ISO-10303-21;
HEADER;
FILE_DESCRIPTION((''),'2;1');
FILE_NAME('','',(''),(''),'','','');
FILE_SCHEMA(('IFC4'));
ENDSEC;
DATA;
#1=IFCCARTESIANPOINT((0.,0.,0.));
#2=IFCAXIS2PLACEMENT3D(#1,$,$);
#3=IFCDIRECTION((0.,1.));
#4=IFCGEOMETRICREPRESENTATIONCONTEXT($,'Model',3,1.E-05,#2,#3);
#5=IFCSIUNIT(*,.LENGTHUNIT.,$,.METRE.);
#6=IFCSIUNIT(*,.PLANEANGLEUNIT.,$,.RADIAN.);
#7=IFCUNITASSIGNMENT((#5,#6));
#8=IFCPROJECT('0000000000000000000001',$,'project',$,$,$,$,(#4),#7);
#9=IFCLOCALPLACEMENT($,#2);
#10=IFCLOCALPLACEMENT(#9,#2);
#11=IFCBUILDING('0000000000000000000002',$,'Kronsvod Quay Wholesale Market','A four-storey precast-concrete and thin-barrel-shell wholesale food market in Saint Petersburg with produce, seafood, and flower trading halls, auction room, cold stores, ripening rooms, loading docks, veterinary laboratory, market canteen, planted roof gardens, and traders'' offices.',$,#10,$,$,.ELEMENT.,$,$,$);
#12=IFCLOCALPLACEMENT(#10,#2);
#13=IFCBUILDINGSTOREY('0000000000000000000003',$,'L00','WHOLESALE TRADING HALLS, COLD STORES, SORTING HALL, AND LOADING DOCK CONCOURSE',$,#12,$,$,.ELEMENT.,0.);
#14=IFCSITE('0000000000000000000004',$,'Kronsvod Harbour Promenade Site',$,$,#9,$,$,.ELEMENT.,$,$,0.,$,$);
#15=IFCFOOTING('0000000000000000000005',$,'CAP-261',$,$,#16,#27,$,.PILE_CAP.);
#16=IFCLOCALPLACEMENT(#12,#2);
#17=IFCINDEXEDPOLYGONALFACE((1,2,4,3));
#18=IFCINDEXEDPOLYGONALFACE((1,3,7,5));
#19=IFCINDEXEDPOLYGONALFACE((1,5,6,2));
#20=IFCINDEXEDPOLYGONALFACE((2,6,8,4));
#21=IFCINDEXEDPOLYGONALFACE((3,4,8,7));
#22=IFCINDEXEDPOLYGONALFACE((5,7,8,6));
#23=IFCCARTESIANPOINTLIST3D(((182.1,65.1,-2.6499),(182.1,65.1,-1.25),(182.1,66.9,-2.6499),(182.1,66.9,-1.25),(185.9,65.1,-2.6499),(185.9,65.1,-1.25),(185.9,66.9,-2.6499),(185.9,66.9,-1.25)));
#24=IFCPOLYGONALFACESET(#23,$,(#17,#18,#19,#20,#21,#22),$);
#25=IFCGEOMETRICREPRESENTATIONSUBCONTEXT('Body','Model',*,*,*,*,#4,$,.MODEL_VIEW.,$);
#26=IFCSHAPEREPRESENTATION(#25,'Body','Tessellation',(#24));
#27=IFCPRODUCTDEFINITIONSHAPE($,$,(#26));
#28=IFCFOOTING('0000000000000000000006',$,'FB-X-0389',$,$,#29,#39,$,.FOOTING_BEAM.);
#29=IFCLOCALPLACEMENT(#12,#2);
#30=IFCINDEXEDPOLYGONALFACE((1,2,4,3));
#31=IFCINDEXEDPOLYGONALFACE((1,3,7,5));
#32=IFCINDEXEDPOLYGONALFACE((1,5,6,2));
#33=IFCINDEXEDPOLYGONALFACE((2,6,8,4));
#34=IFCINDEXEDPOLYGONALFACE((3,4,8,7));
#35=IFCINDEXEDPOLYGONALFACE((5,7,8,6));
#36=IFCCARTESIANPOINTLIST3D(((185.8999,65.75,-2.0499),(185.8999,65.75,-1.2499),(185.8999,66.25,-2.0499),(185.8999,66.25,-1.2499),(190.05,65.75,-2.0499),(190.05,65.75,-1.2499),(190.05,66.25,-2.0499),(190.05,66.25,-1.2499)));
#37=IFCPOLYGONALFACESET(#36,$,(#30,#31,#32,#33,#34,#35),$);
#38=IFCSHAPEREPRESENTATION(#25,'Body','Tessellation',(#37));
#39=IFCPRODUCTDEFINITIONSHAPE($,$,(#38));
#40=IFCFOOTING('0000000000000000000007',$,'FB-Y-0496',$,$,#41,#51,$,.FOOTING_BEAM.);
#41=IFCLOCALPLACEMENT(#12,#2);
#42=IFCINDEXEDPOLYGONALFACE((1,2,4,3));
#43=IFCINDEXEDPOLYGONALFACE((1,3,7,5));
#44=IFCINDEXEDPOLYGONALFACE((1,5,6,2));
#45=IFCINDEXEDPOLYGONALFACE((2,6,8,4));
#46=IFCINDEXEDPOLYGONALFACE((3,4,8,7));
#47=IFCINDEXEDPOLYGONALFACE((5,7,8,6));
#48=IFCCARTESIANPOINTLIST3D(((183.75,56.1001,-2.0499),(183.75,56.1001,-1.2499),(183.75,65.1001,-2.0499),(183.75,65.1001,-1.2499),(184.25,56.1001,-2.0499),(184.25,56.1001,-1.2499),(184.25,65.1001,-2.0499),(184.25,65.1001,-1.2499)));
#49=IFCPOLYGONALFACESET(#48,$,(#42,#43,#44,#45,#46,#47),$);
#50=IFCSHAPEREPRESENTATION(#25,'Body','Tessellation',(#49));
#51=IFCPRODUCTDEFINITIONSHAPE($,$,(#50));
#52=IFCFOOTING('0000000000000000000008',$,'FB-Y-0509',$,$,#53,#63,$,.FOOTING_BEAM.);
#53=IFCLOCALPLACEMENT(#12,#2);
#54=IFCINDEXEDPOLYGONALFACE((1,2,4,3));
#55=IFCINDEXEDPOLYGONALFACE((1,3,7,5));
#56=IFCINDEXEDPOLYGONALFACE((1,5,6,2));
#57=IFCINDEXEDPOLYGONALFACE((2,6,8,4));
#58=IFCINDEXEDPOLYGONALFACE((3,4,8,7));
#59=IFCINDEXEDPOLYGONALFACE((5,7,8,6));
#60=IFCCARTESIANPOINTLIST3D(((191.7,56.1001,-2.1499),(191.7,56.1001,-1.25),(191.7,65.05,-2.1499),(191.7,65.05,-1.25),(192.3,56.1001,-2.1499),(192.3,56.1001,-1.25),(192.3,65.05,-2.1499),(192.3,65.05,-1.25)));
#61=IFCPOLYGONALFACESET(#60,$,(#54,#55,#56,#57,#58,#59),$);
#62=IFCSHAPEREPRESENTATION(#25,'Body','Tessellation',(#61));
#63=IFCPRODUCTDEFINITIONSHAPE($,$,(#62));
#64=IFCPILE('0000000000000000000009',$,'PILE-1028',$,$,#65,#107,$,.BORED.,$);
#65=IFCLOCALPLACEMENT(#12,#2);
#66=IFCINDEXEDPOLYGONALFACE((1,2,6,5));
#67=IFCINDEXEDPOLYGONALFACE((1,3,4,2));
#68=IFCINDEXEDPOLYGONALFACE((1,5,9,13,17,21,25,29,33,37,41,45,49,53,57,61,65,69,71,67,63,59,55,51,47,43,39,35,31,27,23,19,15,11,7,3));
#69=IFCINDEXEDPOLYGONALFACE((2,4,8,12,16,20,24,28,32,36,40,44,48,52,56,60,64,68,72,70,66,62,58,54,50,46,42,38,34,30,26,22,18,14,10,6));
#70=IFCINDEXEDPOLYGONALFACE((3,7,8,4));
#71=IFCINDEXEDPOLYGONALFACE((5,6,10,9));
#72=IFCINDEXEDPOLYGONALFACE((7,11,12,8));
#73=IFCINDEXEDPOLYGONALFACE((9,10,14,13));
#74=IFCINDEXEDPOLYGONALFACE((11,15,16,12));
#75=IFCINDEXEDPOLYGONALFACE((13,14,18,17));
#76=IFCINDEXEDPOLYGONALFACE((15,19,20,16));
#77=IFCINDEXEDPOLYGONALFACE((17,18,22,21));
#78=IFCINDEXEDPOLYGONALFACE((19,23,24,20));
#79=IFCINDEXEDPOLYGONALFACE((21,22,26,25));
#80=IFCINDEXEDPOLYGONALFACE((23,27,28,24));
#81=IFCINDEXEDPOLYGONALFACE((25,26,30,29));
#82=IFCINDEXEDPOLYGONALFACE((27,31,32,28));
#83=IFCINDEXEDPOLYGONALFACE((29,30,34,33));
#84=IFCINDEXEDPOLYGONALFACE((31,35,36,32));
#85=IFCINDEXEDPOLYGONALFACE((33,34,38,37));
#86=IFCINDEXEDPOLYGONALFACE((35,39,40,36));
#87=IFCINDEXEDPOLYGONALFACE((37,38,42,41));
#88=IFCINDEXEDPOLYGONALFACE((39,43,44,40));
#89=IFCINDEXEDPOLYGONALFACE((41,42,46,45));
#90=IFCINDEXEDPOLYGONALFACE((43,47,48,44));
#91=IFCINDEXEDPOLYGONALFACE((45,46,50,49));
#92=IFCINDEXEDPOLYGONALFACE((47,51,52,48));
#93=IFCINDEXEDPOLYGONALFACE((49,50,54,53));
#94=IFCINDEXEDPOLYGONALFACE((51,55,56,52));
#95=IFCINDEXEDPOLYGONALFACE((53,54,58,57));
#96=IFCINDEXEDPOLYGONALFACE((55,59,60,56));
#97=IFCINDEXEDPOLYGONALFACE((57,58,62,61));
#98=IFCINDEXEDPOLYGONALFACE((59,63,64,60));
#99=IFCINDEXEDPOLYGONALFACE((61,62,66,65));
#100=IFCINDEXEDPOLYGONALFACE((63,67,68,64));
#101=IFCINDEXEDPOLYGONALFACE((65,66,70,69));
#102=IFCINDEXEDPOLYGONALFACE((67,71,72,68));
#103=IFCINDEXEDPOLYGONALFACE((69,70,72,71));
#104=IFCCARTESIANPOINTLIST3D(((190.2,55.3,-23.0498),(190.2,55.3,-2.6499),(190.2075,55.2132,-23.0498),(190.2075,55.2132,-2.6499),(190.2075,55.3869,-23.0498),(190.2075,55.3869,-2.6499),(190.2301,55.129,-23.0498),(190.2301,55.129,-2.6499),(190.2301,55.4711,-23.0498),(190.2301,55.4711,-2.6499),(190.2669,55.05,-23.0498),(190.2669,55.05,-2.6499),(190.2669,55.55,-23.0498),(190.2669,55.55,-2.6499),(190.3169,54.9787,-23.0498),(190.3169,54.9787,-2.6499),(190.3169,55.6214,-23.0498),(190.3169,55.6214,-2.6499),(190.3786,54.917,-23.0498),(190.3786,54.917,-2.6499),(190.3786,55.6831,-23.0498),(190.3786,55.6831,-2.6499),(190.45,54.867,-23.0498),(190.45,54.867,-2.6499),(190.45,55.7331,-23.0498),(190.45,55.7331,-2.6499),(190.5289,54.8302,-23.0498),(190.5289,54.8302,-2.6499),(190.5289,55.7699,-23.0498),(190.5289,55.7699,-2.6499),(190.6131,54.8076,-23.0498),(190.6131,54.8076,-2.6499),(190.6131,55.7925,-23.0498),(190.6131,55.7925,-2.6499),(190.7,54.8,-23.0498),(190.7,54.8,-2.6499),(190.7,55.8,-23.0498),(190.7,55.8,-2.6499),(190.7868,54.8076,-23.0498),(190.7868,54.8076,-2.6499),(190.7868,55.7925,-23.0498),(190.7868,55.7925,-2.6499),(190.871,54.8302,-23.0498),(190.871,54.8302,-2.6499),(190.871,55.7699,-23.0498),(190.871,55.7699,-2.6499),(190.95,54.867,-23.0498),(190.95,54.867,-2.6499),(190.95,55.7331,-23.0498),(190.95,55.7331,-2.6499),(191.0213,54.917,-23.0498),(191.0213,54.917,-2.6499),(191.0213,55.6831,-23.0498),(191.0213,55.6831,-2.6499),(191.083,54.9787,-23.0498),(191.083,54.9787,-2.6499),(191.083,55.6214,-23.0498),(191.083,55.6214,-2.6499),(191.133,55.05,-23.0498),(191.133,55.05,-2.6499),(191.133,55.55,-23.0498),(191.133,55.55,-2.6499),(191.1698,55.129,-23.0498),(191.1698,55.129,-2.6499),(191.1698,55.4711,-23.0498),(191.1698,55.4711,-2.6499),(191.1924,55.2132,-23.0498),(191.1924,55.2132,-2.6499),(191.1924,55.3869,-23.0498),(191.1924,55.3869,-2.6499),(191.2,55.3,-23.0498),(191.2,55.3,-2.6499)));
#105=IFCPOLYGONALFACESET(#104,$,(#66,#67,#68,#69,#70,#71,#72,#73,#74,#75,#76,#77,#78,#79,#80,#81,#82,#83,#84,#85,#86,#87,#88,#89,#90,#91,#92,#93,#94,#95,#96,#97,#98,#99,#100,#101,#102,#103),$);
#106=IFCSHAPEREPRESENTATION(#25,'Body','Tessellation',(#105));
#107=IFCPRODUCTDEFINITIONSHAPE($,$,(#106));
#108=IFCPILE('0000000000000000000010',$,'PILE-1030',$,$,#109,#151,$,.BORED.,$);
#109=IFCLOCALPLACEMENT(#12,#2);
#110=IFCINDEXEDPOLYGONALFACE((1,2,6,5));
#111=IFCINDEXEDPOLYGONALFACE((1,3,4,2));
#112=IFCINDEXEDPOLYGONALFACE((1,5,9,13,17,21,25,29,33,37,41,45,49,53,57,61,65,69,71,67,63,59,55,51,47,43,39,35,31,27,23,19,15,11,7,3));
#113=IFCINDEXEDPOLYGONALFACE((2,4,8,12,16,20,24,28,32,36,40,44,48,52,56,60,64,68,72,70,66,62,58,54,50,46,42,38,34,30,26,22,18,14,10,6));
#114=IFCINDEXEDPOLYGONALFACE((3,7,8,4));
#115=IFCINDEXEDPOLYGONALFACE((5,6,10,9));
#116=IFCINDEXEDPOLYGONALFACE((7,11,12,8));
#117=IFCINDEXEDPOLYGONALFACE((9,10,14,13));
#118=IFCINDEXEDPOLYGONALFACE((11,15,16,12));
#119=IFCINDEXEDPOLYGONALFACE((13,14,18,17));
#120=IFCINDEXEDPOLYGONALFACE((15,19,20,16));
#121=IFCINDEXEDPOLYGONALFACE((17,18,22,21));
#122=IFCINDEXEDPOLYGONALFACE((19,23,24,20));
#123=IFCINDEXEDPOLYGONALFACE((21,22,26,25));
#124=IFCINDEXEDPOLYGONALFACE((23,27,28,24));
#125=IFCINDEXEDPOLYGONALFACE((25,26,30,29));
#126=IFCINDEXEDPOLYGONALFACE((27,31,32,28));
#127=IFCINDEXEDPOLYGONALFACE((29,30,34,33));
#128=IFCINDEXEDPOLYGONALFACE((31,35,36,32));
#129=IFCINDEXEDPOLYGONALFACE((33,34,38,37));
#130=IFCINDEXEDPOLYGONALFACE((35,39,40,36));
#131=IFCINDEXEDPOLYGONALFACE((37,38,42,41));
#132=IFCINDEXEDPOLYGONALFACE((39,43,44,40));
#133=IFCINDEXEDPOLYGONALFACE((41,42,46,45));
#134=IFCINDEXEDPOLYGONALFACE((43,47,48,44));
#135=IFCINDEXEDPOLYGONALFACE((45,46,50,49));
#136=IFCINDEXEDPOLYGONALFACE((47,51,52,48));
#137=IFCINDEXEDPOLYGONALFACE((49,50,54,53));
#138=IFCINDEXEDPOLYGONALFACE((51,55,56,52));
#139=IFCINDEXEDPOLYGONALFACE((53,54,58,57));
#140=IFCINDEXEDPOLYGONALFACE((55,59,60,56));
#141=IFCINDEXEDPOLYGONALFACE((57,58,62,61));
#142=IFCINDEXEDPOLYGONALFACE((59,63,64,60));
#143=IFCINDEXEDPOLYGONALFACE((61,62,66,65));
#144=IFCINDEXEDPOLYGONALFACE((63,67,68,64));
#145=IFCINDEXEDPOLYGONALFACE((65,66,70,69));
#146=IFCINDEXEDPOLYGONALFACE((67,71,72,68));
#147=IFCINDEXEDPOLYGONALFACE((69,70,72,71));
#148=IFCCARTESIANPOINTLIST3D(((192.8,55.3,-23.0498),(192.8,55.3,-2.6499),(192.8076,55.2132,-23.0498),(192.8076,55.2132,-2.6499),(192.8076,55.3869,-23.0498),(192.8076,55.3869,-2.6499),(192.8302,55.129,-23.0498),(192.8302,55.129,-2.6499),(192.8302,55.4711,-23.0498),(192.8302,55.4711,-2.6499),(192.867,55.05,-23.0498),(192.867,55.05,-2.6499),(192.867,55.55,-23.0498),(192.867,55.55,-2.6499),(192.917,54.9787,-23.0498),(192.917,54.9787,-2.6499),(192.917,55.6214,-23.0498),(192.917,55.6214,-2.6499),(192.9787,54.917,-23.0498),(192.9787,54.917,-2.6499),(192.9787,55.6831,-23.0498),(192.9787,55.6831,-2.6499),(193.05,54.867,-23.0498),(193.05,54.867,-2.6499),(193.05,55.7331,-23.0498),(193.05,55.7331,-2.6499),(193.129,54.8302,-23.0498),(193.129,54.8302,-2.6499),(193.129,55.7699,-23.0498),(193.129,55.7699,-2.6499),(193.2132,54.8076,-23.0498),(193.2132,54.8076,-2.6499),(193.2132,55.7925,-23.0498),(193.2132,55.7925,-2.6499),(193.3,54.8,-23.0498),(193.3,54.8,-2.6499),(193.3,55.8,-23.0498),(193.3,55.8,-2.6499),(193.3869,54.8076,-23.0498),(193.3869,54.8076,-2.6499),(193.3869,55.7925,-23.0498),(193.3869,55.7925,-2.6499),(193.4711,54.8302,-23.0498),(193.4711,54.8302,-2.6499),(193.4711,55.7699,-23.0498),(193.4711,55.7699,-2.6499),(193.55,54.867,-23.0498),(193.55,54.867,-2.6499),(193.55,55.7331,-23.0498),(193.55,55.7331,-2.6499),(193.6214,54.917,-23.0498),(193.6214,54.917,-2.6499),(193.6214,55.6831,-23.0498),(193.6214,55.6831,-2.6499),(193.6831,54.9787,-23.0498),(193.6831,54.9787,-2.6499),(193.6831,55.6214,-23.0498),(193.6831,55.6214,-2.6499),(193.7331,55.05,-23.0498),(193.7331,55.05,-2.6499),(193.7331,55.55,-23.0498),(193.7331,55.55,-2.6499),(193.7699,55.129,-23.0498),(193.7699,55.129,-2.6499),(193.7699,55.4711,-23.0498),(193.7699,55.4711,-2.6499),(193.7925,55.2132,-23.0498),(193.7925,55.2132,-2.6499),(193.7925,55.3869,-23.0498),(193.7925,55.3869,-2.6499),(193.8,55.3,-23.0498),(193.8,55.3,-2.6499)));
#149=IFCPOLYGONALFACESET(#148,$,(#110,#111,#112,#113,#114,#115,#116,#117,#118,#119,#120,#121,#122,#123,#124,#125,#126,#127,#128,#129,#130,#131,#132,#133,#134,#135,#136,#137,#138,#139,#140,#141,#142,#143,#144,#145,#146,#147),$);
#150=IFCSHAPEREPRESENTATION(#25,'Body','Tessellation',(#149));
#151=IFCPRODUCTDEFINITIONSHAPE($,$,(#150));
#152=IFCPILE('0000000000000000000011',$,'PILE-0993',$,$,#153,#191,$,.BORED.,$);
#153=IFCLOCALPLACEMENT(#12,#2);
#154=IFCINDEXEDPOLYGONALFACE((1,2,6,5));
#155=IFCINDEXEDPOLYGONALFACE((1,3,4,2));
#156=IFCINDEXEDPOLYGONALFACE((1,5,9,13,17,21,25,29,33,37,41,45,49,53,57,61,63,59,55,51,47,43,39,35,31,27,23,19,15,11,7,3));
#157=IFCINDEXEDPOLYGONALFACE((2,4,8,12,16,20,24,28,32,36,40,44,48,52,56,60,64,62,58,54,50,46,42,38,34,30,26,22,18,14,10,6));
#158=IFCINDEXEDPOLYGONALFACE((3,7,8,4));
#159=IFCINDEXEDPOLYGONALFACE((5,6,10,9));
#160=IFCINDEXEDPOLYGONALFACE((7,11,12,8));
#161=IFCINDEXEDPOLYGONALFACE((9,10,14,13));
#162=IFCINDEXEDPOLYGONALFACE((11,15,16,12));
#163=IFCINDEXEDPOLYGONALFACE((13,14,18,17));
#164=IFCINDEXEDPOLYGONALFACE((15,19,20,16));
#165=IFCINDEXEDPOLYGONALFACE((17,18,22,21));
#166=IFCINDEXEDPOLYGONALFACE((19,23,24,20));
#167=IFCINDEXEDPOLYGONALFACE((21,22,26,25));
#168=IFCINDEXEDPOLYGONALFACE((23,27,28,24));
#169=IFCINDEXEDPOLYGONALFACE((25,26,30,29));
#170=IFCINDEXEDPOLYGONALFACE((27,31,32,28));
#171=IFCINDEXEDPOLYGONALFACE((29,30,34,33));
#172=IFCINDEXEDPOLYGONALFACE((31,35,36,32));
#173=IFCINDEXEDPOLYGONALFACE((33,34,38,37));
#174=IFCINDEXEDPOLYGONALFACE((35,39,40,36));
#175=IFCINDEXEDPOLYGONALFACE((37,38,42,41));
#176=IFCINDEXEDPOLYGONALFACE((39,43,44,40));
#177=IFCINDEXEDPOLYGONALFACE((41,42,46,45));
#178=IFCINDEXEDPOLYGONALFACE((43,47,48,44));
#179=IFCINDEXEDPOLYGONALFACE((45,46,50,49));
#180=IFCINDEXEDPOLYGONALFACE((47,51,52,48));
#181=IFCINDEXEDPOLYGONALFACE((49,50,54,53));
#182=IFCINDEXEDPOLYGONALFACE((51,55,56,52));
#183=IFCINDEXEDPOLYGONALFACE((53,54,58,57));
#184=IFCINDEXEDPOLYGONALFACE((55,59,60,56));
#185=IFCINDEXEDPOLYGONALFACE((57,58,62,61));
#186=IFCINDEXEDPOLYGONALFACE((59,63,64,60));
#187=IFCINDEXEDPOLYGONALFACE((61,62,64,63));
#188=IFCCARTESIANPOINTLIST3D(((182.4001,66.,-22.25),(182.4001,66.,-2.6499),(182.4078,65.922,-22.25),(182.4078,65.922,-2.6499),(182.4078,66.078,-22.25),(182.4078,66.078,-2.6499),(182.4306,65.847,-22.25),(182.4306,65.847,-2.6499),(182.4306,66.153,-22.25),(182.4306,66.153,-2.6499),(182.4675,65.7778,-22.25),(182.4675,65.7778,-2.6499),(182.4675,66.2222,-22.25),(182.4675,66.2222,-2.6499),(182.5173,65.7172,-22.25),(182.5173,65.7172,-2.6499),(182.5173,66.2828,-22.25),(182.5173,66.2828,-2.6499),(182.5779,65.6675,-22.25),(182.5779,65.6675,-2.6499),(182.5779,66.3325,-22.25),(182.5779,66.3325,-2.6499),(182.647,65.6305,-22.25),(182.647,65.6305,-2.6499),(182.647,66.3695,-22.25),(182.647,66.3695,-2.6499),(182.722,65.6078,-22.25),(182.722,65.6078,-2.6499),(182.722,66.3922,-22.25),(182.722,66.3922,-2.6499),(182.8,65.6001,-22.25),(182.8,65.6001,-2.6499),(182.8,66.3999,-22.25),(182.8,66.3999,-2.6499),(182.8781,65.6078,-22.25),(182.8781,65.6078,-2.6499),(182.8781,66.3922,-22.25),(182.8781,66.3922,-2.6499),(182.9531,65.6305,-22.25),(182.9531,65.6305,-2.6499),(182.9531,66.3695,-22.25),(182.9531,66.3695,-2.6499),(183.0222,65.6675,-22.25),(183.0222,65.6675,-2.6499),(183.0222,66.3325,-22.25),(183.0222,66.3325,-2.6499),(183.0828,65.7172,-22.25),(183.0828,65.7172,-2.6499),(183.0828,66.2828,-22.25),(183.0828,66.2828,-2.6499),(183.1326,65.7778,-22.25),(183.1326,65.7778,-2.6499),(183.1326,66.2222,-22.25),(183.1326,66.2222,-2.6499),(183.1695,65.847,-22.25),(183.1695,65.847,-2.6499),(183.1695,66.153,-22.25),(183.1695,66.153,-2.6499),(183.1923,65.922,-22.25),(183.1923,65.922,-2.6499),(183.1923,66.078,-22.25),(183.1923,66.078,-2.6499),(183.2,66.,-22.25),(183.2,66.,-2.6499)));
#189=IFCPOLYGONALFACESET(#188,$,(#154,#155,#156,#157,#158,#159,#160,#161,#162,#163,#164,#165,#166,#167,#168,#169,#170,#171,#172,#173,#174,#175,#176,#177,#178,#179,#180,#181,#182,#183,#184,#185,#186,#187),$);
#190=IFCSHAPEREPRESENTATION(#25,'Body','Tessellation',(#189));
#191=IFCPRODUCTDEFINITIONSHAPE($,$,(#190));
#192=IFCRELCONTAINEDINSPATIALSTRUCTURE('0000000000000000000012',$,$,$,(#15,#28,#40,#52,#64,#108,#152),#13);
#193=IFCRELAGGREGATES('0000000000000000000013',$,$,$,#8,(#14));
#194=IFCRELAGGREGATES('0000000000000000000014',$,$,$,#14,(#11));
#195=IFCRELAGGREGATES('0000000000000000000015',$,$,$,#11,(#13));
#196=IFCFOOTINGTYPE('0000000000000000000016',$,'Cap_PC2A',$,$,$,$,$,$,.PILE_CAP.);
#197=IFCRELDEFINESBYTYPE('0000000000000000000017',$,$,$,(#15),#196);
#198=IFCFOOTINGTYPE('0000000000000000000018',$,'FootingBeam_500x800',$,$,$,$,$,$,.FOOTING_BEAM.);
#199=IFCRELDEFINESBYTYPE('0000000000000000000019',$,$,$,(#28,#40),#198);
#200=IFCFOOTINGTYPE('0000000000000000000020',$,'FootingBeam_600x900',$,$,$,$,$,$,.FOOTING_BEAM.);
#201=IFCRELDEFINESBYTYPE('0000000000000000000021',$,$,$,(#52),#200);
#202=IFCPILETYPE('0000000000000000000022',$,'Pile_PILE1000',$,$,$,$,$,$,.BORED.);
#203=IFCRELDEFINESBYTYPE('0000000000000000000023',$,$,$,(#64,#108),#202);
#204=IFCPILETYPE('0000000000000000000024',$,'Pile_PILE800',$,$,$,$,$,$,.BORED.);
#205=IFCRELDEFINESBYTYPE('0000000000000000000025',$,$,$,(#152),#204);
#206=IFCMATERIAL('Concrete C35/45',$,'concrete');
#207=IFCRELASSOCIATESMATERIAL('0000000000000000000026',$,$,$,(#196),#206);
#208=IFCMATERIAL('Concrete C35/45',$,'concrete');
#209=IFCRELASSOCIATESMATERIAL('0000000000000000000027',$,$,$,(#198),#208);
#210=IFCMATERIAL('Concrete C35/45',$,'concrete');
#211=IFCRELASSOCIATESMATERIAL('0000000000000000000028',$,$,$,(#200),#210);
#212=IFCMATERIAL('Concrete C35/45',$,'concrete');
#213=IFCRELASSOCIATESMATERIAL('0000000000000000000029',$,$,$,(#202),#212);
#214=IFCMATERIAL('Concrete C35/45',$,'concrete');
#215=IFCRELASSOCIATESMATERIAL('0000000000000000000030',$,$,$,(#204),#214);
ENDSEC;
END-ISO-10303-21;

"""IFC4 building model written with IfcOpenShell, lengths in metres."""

from ifc_helpers import new_model, si_unit, direction, frame, origin, origin_2d, place, context, subcontext, project, spatial, rectangle, circle, extrude, material, material_profile, profile_set, type_object, element, save


model = new_model("IFC4")

# Units and contexts
model_context = context("Model", 3, precision=1e-05, world=origin(), true_north=direction((0.0, 1.0)))
body_context = subcontext(model_context, "Body", "Model", "MODEL_VIEW")
ifc_project = project(units=[si_unit("LENGTHUNIT", "METRE"), si_unit("PLANEANGLEUNIT", "RADIAN")], contexts=[model_context])

# Site, building, storey
site_placement = place(None, origin())
site = spatial("IfcSite", under=ifc_project, at=site_placement, Name="Kronsvod Harbour Promenade Site", CompositionType="ELEMENT", RefElevation=0.0)
building_placement = place(site_placement, origin())
building = spatial("IfcBuilding", under=site, at=building_placement, Name="Kronsvod Quay Wholesale Market", Description="A four-storey precast-concrete and thin-barrel-shell wholesale food market in Saint Petersburg with produce, seafood, and flower trading halls, auction room, cold stores, ripening rooms, loading docks, veterinary laboratory, market canteen, planted roof gardens, and traders' offices.", CompositionType="ELEMENT")
storey_placement = place(building_placement, origin())
storey = spatial("IfcBuildingStorey", under=building, at=storey_placement, Name="L00", Description="WHOLESALE TRADING HALLS, COLD STORES, SORTING HALL, AND LOADING DOCK CONCOURSE", CompositionType="ELEMENT", Elevation=0.0)

# Footings
ifc_material_1 = material(Name="Concrete C35/45", Category="concrete")
footing_type_1 = type_object("IfcFootingType", Name="Cap_PC2A", PredefinedType="PILE_CAP", material=ifc_material_1)
footing_1_placement = place(storey_placement, frame((184.0, 66.0, -2.6499), z_axis=(0.0, 0.0, 1.0), x_axis=(1.0, 0.0, 0.0)))
element("IfcFooting", 1, at=footing_1_placement, inside=storey, type_object=footing_type_1, Name="CAP-261", PredefinedType="PILE_CAP", context=body_context, shape_type="SweptSolid", body=[
    extrude(rectangle(XDim=3.8, YDim=1.8, at=origin_2d()), origin(), (0.0, 0.0, 1.0), 1.3999),
])
ifc_material_2 = material(Name="Concrete C35/45", Category="concrete")
ifc_material_profile_1 = material_profile(ifc_material_2, rectangle(XDim=0.5, YDim=0.8, at=origin_2d()), Name="FB-01")
ifc_profile_set_1 = profile_set([ifc_material_profile_1], Name="Concrete C35/45")
footing_type_2 = type_object("IfcFootingType", Name="FootingBeam_500x800", PredefinedType="FOOTING_BEAM", material=ifc_profile_set_1)
footing_2_placement = place(storey_placement, frame((185.8999, 66.0, -1.6499), z_axis=(1.0, 0.0, 0.0), x_axis=(0.0, 1.0, 0.0)))
element("IfcFooting", 2, at=footing_2_placement, inside=storey, type_object=footing_type_2, Name="FB-X-0389", PredefinedType="FOOTING_BEAM", context=body_context, shape_type="SweptSolid", body=[
    extrude(rectangle(XDim=0.5, YDim=0.8, at=origin_2d()), origin(), (0.0, 0.0, 1.0), 4.1501),
])
footing_3_placement = place(storey_placement, frame((184.0, 56.1001, -1.6499), z_axis=(0.0, 1.0, 0.0), x_axis=(-1.0, 0.0, 0.0)))
element("IfcFooting", 3, at=footing_3_placement, inside=storey, type_object=footing_type_2, Name="FB-Y-0496", PredefinedType="FOOTING_BEAM", context=body_context, shape_type="SweptSolid", body=[
    extrude(rectangle(XDim=0.5, YDim=0.8, at=origin_2d()), origin(), (0.0, 0.0, 1.0), 9.0),
])
ifc_material_3 = material(Name="Concrete C35/45", Category="concrete")
ifc_material_profile_2 = material_profile(ifc_material_3, rectangle(XDim=0.6001, YDim=0.8999, at=origin_2d()), Name="FB-02")
ifc_profile_set_2 = profile_set([ifc_material_profile_2], Name="Concrete C35/45")
footing_type_3 = type_object("IfcFootingType", Name="FootingBeam_600x900", PredefinedType="FOOTING_BEAM", material=ifc_profile_set_2)
footing_4_placement = place(storey_placement, frame((192.0, 56.1001, -1.7), z_axis=(0.0, 1.0, 0.0), x_axis=(-1.0, 0.0, 0.0)))
element("IfcFooting", 4, at=footing_4_placement, inside=storey, type_object=footing_type_3, Name="FB-Y-0509", PredefinedType="FOOTING_BEAM", context=body_context, shape_type="SweptSolid", body=[
    extrude(rectangle(XDim=0.6001, YDim=0.8999, at=origin_2d()), origin(), (0.0, 0.0, 1.0), 8.95),
])

# Piles
ifc_material_4 = material(Name="Concrete C35/45", Category="concrete")
ifc_material_profile_3 = material_profile(ifc_material_4, circle(Radius=0.5, at=origin_2d()), Name="PILE1000")
ifc_profile_set_3 = profile_set([ifc_material_profile_3], Name="Concrete C35/45")
pile_type_1 = type_object("IfcPileType", Name="Pile_PILE1000", PredefinedType="BORED", material=ifc_profile_set_3)
for number, where, z_axis, x_axis, name in (
    (5, (190.7, 55.3, -2.6499), (0.0, 0.0, -1.0), (1.0, 0.0, 0.0), "PILE-1028"),
    (6, (193.3, 55.3, -2.6499), (0.0, 0.0, -1.0), (1.0, 0.0, 0.0), "PILE-1030"),
):
    element("IfcPile", number, at=place(storey_placement, frame(where, z_axis=z_axis, x_axis=x_axis)), inside=storey, type_object=pile_type_1, Name=name, PredefinedType="BORED", context=body_context, shape_type="SweptSolid", body=[
        extrude(circle(Radius=0.5, at=origin_2d()), origin(), (0.0, 0.0, 1.0), 20.3999),
    ])
ifc_material_5 = material(Name="Concrete C35/45", Category="concrete")
ifc_material_profile_4 = material_profile(ifc_material_5, circle(Radius=0.3999, at=origin_2d()), Name="PILE800")
ifc_profile_set_4 = profile_set([ifc_material_profile_4], Name="Concrete C35/45")
pile_type_2 = type_object("IfcPileType", Name="Pile_PILE800", PredefinedType="BORED", material=ifc_profile_set_4)
for number, where, z_axis, x_axis, name in (
    (7, (182.8, 66.0, -2.6499), (0.0, 0.0, -1.0), (1.0, 0.0, 0.0), "PILE-0993"),
):
    element("IfcPile", number, at=place(storey_placement, frame(where, z_axis=z_axis, x_axis=x_axis)), inside=storey, type_object=pile_type_2, Name=name, PredefinedType="BORED", context=body_context, shape_type="SweptSolid", body=[
        extrude(circle(Radius=0.3999, at=origin_2d()), origin(), (0.0, 0.0, 1.0), 19.6001),
    ])

save(model, "model.ifc")
